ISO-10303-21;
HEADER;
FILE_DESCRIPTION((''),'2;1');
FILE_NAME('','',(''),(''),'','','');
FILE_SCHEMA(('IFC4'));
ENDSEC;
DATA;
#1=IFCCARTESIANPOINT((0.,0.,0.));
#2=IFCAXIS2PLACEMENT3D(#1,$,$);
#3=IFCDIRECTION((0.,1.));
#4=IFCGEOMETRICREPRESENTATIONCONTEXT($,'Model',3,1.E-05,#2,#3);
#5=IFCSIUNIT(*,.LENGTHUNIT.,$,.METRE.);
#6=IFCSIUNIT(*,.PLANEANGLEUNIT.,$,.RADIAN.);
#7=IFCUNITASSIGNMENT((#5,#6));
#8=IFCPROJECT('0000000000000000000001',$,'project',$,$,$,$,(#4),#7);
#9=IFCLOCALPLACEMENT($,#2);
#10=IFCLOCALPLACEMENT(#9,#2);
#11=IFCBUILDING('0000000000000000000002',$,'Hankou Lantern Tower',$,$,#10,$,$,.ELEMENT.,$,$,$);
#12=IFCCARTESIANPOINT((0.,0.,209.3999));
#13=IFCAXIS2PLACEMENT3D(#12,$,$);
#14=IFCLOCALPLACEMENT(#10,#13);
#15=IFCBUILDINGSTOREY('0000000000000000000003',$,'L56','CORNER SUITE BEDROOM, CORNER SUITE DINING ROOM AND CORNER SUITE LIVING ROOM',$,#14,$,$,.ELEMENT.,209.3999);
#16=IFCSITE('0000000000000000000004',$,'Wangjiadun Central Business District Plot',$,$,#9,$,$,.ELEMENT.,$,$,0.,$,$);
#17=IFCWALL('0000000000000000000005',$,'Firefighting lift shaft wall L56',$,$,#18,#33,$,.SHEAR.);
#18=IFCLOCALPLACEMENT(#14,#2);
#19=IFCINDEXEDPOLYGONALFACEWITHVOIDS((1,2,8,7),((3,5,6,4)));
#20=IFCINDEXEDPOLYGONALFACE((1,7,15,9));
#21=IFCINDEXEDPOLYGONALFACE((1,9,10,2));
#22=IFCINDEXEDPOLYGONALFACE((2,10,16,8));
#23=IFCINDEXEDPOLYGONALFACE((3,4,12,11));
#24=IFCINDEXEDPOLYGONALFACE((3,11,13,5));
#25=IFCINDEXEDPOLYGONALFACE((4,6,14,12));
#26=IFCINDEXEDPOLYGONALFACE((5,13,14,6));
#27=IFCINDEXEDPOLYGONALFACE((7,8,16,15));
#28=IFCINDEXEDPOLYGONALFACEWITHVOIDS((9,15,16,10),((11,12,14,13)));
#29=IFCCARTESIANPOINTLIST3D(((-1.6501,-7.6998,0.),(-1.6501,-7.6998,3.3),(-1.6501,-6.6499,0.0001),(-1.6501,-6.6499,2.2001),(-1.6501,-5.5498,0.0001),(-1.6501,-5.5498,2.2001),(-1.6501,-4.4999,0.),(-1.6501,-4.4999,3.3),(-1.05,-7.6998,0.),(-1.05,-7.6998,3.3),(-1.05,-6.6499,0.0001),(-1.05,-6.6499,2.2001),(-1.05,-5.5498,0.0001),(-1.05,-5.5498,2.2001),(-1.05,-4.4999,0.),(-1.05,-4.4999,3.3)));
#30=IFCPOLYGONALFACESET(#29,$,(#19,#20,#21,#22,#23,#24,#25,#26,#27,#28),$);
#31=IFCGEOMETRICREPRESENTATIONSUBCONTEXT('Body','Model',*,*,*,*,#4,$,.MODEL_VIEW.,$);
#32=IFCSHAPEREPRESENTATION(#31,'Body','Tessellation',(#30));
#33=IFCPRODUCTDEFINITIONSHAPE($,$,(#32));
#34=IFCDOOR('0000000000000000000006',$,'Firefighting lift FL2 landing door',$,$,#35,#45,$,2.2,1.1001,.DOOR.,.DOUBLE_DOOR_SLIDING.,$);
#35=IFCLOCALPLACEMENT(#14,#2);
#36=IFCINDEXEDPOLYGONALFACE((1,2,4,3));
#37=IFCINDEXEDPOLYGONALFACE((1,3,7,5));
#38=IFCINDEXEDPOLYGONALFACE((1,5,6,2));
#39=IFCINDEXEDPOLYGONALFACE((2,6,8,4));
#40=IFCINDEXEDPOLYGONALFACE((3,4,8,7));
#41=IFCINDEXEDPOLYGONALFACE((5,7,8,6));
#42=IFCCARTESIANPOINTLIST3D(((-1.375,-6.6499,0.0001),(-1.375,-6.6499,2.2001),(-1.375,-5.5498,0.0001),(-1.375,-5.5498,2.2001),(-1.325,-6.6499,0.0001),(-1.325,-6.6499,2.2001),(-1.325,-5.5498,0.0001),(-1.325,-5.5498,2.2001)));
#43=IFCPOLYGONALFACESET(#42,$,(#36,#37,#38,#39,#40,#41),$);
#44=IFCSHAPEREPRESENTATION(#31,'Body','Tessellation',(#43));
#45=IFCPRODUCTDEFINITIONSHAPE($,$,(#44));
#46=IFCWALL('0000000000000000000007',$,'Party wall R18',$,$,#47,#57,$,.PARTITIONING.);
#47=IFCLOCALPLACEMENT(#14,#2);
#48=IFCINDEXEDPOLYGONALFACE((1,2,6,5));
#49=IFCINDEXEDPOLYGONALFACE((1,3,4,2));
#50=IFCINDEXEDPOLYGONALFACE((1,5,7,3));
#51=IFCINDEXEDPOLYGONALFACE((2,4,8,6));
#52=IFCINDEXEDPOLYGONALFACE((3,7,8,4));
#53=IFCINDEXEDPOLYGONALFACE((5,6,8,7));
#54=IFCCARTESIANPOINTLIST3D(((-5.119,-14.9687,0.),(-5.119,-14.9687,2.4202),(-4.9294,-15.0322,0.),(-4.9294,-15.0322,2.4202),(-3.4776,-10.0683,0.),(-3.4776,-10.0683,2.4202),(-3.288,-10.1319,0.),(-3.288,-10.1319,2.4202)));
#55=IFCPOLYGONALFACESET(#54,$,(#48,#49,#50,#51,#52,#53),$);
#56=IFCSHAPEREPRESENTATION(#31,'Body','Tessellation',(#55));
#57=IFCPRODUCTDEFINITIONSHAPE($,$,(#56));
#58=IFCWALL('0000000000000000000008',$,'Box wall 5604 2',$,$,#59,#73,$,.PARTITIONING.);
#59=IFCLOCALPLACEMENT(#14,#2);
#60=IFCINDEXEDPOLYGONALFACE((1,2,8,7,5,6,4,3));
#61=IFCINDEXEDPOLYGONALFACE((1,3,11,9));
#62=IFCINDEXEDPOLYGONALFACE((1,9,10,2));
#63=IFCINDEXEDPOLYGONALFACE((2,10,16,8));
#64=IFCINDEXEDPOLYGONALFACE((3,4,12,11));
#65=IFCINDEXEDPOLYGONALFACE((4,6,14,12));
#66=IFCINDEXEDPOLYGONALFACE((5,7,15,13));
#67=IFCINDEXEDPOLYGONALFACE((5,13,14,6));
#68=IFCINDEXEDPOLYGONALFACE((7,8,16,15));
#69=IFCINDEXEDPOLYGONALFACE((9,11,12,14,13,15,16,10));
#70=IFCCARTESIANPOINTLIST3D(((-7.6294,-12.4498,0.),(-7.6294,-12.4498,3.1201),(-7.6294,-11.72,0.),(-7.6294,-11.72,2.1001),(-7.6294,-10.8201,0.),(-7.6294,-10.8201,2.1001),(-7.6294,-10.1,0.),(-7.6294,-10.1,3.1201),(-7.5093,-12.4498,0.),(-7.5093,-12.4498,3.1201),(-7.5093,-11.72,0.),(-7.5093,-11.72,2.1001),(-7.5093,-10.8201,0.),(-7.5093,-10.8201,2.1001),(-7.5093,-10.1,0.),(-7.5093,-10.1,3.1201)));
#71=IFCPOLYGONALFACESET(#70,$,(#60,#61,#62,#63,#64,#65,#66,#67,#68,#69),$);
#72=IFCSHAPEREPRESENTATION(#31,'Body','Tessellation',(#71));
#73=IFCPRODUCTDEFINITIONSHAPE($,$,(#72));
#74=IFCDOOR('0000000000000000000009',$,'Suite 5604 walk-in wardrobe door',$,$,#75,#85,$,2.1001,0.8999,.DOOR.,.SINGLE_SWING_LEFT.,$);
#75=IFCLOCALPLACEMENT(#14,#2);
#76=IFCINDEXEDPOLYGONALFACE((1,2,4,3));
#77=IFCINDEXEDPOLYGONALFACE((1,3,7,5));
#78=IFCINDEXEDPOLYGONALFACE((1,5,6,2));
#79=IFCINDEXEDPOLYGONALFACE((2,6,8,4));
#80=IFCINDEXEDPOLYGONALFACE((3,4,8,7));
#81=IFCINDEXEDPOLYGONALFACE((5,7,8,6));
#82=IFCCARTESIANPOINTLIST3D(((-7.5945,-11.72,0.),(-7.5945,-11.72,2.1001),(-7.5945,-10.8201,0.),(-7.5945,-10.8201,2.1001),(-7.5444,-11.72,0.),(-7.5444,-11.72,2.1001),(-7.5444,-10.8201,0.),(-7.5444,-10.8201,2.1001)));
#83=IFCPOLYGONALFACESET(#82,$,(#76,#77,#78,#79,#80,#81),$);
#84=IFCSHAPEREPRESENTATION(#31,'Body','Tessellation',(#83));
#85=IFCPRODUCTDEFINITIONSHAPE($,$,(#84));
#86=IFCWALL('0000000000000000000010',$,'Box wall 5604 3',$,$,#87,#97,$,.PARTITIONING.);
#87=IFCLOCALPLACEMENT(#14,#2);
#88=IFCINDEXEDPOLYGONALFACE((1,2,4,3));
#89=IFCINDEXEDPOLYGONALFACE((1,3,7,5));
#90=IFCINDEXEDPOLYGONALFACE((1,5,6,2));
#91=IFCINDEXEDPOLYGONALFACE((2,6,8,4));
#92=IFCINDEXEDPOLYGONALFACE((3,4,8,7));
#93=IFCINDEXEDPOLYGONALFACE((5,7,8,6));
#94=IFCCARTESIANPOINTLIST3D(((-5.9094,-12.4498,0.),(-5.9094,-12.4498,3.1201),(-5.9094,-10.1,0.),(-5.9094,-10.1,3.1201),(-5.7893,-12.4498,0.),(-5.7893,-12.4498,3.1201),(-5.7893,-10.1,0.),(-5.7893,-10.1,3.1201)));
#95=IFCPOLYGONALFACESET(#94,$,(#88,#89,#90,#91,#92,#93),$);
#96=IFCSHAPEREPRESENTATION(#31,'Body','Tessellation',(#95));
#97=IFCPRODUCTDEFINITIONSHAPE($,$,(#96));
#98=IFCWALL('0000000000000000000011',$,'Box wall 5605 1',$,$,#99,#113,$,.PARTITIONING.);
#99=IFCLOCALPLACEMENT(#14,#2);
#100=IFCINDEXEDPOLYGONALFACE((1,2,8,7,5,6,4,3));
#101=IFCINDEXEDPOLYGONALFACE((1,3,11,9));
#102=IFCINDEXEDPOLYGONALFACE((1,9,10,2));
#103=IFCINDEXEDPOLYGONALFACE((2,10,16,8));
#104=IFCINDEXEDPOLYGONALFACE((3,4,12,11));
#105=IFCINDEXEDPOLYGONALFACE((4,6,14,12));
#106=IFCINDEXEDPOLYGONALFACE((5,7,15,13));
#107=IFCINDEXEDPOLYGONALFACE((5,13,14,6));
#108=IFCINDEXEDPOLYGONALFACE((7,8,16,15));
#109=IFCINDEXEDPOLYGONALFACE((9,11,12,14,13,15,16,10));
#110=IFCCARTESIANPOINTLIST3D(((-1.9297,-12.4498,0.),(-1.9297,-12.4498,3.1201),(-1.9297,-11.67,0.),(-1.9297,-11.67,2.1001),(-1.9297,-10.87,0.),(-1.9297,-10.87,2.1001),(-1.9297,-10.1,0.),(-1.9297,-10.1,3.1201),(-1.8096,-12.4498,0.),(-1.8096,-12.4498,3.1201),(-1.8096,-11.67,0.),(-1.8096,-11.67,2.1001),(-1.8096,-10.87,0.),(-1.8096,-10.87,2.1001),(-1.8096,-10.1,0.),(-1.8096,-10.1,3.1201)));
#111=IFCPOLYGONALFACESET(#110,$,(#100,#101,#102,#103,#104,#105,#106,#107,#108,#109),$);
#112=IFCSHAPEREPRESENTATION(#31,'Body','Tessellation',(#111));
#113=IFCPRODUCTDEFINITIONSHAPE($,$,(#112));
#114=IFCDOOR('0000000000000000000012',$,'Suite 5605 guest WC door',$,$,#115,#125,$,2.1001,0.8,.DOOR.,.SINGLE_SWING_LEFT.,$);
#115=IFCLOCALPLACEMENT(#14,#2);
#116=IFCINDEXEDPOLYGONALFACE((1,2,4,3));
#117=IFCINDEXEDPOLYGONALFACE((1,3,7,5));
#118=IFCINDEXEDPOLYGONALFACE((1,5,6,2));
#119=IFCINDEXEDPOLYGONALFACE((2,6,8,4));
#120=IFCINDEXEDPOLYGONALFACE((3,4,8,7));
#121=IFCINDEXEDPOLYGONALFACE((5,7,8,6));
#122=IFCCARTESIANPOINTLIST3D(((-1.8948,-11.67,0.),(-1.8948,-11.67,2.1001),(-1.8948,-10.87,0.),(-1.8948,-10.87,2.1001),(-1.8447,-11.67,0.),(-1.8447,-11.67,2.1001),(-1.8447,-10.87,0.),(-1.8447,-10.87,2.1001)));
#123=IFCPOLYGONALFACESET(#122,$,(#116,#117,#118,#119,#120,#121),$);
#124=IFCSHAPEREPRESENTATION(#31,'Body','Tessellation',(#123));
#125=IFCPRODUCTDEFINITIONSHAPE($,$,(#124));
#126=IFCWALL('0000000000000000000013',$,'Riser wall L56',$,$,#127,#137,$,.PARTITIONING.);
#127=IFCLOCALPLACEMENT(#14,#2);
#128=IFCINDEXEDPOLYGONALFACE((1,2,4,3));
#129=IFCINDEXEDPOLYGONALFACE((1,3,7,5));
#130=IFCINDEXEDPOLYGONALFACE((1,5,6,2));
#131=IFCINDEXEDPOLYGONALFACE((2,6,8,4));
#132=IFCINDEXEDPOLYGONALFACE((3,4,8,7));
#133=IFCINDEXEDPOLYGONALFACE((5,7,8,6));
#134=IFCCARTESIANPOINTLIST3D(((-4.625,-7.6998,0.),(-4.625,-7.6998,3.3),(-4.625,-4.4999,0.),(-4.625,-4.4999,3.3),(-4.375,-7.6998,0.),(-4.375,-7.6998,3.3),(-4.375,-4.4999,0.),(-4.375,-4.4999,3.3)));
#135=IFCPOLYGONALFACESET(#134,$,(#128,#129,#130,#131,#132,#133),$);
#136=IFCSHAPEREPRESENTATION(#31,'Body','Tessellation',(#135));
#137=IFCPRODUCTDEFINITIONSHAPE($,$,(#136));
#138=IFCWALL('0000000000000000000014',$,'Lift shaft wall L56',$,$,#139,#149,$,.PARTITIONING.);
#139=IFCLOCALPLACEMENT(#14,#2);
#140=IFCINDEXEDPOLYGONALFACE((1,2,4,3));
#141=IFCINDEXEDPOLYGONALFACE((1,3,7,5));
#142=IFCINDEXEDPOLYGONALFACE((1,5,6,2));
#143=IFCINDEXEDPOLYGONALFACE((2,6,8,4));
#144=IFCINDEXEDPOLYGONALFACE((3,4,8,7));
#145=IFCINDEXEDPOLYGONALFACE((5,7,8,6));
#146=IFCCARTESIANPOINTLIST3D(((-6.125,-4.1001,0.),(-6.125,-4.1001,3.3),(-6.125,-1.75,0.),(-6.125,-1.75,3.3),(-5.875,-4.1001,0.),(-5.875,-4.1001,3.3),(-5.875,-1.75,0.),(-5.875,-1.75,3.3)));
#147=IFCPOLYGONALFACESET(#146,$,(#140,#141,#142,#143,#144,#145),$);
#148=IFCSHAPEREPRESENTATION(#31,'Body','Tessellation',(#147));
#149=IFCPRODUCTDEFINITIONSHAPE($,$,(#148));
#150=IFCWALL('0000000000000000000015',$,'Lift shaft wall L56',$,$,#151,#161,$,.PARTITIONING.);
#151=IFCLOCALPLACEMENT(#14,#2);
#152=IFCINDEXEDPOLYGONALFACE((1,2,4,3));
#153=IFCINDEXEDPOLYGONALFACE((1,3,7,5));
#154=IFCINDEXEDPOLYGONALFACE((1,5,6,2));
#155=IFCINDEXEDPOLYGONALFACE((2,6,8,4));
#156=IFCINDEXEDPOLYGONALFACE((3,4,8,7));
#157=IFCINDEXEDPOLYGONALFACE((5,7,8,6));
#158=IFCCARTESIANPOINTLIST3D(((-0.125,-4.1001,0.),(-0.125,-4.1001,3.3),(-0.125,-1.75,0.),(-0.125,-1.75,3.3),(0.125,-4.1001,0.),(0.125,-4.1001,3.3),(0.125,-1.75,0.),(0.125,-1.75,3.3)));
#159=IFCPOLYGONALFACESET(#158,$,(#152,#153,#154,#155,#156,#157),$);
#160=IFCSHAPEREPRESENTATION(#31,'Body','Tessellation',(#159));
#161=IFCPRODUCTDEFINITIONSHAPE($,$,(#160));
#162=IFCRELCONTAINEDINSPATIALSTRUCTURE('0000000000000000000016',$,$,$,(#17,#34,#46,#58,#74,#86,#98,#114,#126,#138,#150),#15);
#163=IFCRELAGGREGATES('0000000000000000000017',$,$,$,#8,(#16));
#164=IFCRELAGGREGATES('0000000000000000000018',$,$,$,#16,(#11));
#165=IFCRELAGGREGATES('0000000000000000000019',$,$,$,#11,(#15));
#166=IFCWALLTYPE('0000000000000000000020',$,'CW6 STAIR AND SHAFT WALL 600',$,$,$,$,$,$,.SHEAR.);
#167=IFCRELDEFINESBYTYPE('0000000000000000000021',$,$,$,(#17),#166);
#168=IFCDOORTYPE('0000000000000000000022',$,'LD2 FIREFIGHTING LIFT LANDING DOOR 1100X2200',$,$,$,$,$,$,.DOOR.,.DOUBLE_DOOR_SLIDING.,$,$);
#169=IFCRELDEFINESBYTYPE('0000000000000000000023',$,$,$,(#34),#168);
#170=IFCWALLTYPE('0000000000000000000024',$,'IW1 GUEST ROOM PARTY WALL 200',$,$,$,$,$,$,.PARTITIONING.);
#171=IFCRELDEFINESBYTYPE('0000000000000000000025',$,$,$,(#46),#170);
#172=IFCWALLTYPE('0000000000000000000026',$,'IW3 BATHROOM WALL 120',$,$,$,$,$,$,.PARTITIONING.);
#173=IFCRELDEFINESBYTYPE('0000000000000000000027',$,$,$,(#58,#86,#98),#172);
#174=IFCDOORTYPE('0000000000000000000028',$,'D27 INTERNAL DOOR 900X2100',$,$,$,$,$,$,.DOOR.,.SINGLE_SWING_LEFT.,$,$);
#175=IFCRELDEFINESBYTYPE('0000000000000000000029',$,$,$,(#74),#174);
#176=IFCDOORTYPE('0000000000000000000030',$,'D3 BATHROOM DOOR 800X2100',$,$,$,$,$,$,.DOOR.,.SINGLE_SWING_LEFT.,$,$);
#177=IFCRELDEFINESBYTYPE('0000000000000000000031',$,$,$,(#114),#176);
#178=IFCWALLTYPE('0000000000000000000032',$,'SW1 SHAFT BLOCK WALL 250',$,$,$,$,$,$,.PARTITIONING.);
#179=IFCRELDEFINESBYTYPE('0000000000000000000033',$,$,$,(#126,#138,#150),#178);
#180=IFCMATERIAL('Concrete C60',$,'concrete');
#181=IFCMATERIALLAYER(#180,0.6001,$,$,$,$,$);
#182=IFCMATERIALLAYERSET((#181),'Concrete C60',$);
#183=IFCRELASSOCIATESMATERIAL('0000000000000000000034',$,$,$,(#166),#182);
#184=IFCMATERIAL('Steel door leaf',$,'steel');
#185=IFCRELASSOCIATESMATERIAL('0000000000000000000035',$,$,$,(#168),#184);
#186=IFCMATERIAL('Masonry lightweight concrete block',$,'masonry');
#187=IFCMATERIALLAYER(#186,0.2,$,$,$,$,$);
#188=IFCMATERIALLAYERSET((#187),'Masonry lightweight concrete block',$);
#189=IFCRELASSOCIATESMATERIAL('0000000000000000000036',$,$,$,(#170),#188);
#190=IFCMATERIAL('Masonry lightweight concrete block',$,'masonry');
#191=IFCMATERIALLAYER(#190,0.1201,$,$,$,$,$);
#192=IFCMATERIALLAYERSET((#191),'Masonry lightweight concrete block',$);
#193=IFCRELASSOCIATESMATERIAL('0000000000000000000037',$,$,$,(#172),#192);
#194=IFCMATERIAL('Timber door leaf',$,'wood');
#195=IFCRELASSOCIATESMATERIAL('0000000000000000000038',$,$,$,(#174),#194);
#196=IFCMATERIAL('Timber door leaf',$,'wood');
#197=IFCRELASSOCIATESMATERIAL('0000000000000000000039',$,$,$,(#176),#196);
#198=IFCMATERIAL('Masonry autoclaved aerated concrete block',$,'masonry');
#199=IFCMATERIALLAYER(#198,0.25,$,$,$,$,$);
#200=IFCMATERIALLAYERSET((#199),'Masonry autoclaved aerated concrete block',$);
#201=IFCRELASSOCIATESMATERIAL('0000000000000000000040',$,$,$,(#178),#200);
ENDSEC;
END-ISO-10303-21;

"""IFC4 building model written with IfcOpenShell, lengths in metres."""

from ifc_helpers import new_model, si_unit, direction, frame, frame_2d, origin, place, context, subcontext, project, spatial, rectangle, extrude, material, layer, layer_set, type_object, element, fill, save


model = new_model("IFC4")

# Units and contexts
model_context = context("Model", 3, precision=1e-05, world=origin(), true_north=direction((0.0, 1.0)))
body_context = subcontext(model_context, "Body", "Model", "MODEL_VIEW")
ifc_project = project(units=[si_unit("LENGTHUNIT", "METRE"), si_unit("PLANEANGLEUNIT", "RADIAN")], contexts=[model_context])

# Site, building, storey
site_placement = place(None, origin())
site = spatial("IfcSite", under=ifc_project, at=site_placement, Name="Wangjiadun Central Business District Plot", CompositionType="ELEMENT", RefElevation=0.0)
building_placement = place(site_placement, origin())
building = spatial("IfcBuilding", under=site, at=building_placement, Name="Hankou Lantern Tower", CompositionType="ELEMENT")
storey_placement = place(building_placement, frame((0.0, 0.0, 209.3999)))
storey = spatial("IfcBuildingStorey", under=building, at=storey_placement, Name="L56", Description="CORNER SUITE BEDROOM, CORNER SUITE DINING ROOM AND CORNER SUITE LIVING ROOM", CompositionType="ELEMENT", Elevation=209.3999)

# Wall, opening, door
ifc_material_1 = material(Name="Concrete C60", Category="concrete")
ifc_layer_1 = layer(ifc_material_1, 0.6001)
ifc_layer_set_1 = layer_set([ifc_layer_1], Name="Concrete C60")
wall_type_1 = type_object("IfcWallType", Name="CW6 STAIR AND SHAFT WALL 600", PredefinedType="SHEAR", material=ifc_layer_set_1)
wall_1_placement = place(storey_placement, frame((-1.3501, -7.7, 0.0), z_axis=(0.0, 0.0, 1.0), x_axis=(0.0, 1.0, 0.0)))
wall_1 = element("IfcWall", 1, at=wall_1_placement, inside=storey, type_object=wall_type_1, Name="Firefighting lift shaft wall L56", PredefinedType="SHEAR", context=body_context, shape_type="SweptSolid", body=[
    extrude(rectangle(XDim=3.2, YDim=0.6001, at=frame_2d((1.6001, 0.0))), origin(), (0.0, 0.0, 1.0), 3.3),
])
opening_1_placement = place(wall_1_placement, frame((1.05, 0.0, 0.0)))
opening_1 = element("IfcOpeningElement", 2, at=opening_1_placement, cuts=wall_1, PredefinedType="OPENING", context=body_context, shape_type="SweptSolid", body=[
    extrude(rectangle(XDim=1.1001, YDim=2.2, at=frame_2d((0.55, 1.1001))), frame((0.0, 0.3101, 0.0), z_axis=(0.0, -1.0, 0.0), x_axis=(1.0, 0.0, 0.0)), (0.0, 0.0, 1.0), 0.6201),
])
ifc_material_2 = material(Name="Steel door leaf", Category="steel")
door_type_1 = type_object("IfcDoorType", Name="LD2 FIREFIGHTING LIFT LANDING DOOR 1100X2200", OperationType="DOUBLE_DOOR_SLIDING", PredefinedType="DOOR", material=ifc_material_2)
door_1_placement = place(opening_1_placement, origin())
door_1 = element("IfcDoor", 3, at=door_1_placement, inside=storey, type_object=door_type_1, Name="Firefighting lift FL2 landing door", OperationType="DOUBLE_DOOR_SLIDING", OverallHeight=2.2, OverallWidth=1.1001, PredefinedType="DOOR", context=body_context, shape_type="SweptSolid", body=[
    extrude(rectangle(XDim=1.1001, YDim=2.2, at=frame_2d((0.55, 1.1001))), frame((0.0, 0.0249, 0.0), z_axis=(0.0, -1.0, 0.0), x_axis=(1.0, 0.0, 0.0)), (0.0, 0.0, 1.0), 0.05),
])
fill(opening_1, door_1)

# Wall
ifc_material_3 = material(Name="Masonry lightweight concrete block", Category="masonry")
ifc_layer_2 = layer(ifc_material_3, 0.2)
ifc_layer_set_2 = layer_set([ifc_layer_2], Name="Masonry lightweight concrete block")
wall_type_2 = type_object("IfcWallType", Name="IW1 GUEST ROOM PARTY WALL 200", PredefinedType="PARTITIONING", material=ifc_layer_set_2)
wall_2_placement = place(storey_placement, frame((-3.3828, -10.1001, 0.0), z_axis=(0.0, 0.0, 1.0), x_axis=(-0.317602, -0.948224, 0.0)))
element("IfcWall", 4, at=wall_2_placement, inside=storey, type_object=wall_type_2, Name="Party wall R18", PredefinedType="PARTITIONING", context=body_context, shape_type="SweptSolid", body=[
    extrude(rectangle(XDim=5.168, YDim=0.2, at=frame_2d((2.584, 0.0))), origin(), (0.0, 0.0, 1.0), 2.4202),
])

# Wall, opening, door
ifc_material_4 = material(Name="Masonry lightweight concrete block", Category="masonry")
ifc_layer_3 = layer(ifc_material_4, 0.1201)
ifc_layer_set_3 = layer_set([ifc_layer_3], Name="Masonry lightweight concrete block")
wall_type_3 = type_object("IfcWallType", Name="IW3 BATHROOM WALL 120", PredefinedType="PARTITIONING", material=ifc_layer_set_3)
wall_3_placement = place(storey_placement, frame((-7.5693, -10.1001, 0.0), z_axis=(0.0, 0.0, 1.0), x_axis=(0.0, -1.0, 0.0)))
wall_3 = element("IfcWall", 5, at=wall_3_placement, inside=storey, type_object=wall_type_3, Name="Box wall 5604 2", PredefinedType="PARTITIONING", context=body_context, shape_type="SweptSolid", body=[
    extrude(rectangle(XDim=2.3499, YDim=0.1201, at=frame_2d((1.1748, 0.0))), origin(), (0.0, 0.0, 1.0), 3.1201),
])
opening_2_placement = place(wall_3_placement, frame((0.72, 0.0, 0.0)))
opening_2 = element("IfcOpeningElement", 6, at=opening_2_placement, cuts=wall_3, PredefinedType="OPENING", context=body_context, shape_type="SweptSolid", body=[
    extrude(rectangle(XDim=0.8999, YDim=2.1001, at=frame_2d((0.45, 1.05))), frame((0.0, 0.0701, 0.0), z_axis=(0.0, -1.0, 0.0), x_axis=(1.0, 0.0, 0.0)), (0.0, 0.0, 1.0), 0.1401),
])
ifc_material_5 = material(Name="Timber door leaf", Category="wood")
door_type_2 = type_object("IfcDoorType", Name="D27 INTERNAL DOOR 900X2100", OperationType="SINGLE_SWING_LEFT", PredefinedType="DOOR", material=ifc_material_5)
door_2_placement = place(opening_2_placement, origin())
door_2 = element("IfcDoor", 7, at=door_2_placement, inside=storey, type_object=door_type_2, Name="Suite 5604 walk-in wardrobe door", OperationType="SINGLE_SWING_LEFT", OverallHeight=2.1001, OverallWidth=0.8999, PredefinedType="DOOR", context=body_context, shape_type="SweptSolid", body=[
    extrude(rectangle(XDim=0.8999, YDim=2.1001, at=frame_2d((0.45, 1.05))), frame((0.0, 0.0249, 0.0), z_axis=(0.0, -1.0, 0.0), x_axis=(1.0, 0.0, 0.0)), (0.0, 0.0, 1.0), 0.05),
])
fill(opening_2, door_2)

# Wall
wall_4_placement = place(storey_placement, frame((-5.8494, -10.1001, 0.0), z_axis=(0.0, 0.0, 1.0), x_axis=(0.0, -1.0, 0.0)))
element("IfcWall", 8, at=wall_4_placement, inside=storey, type_object=wall_type_3, Name="Box wall 5604 3", PredefinedType="PARTITIONING", context=body_context, shape_type="SweptSolid", body=[
    extrude(rectangle(XDim=2.3499, YDim=0.1201, at=frame_2d((1.1748, 0.0))), origin(), (0.0, 0.0, 1.0), 3.1201),
])

# Wall, opening, door
wall_5_placement = place(storey_placement, frame((-1.8696, -10.1001, 0.0), z_axis=(0.0, 0.0, 1.0), x_axis=(0.0, -1.0, 0.0)))
wall_5 = element("IfcWall", 9, at=wall_5_placement, inside=storey, type_object=wall_type_3, Name="Box wall 5605 1", PredefinedType="PARTITIONING", context=body_context, shape_type="SweptSolid", body=[
    extrude(rectangle(XDim=2.3499, YDim=0.1201, at=frame_2d((1.1748, 0.0))), origin(), (0.0, 0.0, 1.0), 3.1201),
])
opening_3_placement = place(wall_5_placement, frame((0.77, 0.0, 0.0)))
opening_3 = element("IfcOpeningElement", 10, at=opening_3_placement, cuts=wall_5, PredefinedType="OPENING", context=body_context, shape_type="SweptSolid", body=[
    extrude(rectangle(XDim=0.8, YDim=2.1001, at=frame_2d((0.3999, 1.05))), frame((0.0, 0.0701, 0.0), z_axis=(0.0, -1.0, 0.0), x_axis=(1.0, 0.0, 0.0)), (0.0, 0.0, 1.0), 0.1401),
])
ifc_material_6 = material(Name="Timber door leaf", Category="wood")
door_type_3 = type_object("IfcDoorType", Name="D3 BATHROOM DOOR 800X2100", OperationType="SINGLE_SWING_LEFT", PredefinedType="DOOR", material=ifc_material_6)
door_3_placement = place(opening_3_placement, origin())
door_3 = element("IfcDoor", 11, at=door_3_placement, inside=storey, type_object=door_type_3, Name="Suite 5605 guest WC door", OperationType="SINGLE_SWING_LEFT", OverallHeight=2.1001, OverallWidth=0.8, PredefinedType="DOOR", context=body_context, shape_type="SweptSolid", body=[
    extrude(rectangle(XDim=0.8, YDim=2.1001, at=frame_2d((0.3999, 1.05))), frame((0.0, 0.0249, 0.0), z_axis=(0.0, -1.0, 0.0), x_axis=(1.0, 0.0, 0.0)), (0.0, 0.0, 1.0), 0.05),
])
fill(opening_3, door_3)

# Walls
ifc_material_7 = material(Name="Masonry autoclaved aerated concrete block", Category="masonry")
ifc_layer_4 = layer(ifc_material_7, 0.25)
ifc_layer_set_4 = layer_set([ifc_layer_4], Name="Masonry autoclaved aerated concrete block")
wall_type_4 = type_object("IfcWallType", Name="SW1 SHAFT BLOCK WALL 250", PredefinedType="PARTITIONING", material=ifc_layer_set_4)
wall_6_placement = place(storey_placement, frame((-4.5, -7.7, 0.0), z_axis=(0.0, 0.0, 1.0), x_axis=(0.0, 1.0, 0.0)))
element("IfcWall", 12, at=wall_6_placement, inside=storey, type_object=wall_type_4, Name="Riser wall L56", PredefinedType="PARTITIONING", context=body_context, shape_type="SweptSolid", body=[
    extrude(rectangle(XDim=3.2, YDim=0.25, at=frame_2d((1.6001, 0.0))), origin(), (0.0, 0.0, 1.0), 3.3),
])
for number, where, z_axis, x_axis, name in (
    (13, (-6.0, -4.1001, 0.0), (0.0, 0.0, 1.0), (0.0, 1.0, 0.0), "Lift shaft wall L56"),
    (14, (0.0, -4.1001, 0.0), (0.0, 0.0, 1.0), (0.0, 1.0, 0.0), "Lift shaft wall L56"),
):
    element("IfcWall", number, at=place(storey_placement, frame(where, z_axis=z_axis, x_axis=x_axis)), inside=storey, type_object=wall_type_4, Name=name, PredefinedType="PARTITIONING", context=body_context, shape_type="SweptSolid", body=[
        extrude(rectangle(XDim=2.3501, YDim=0.25, at=frame_2d((1.175, 0.0))), origin(), (0.0, 0.0, 1.0), 3.3),
    ])

save(model, "model.ifc")
